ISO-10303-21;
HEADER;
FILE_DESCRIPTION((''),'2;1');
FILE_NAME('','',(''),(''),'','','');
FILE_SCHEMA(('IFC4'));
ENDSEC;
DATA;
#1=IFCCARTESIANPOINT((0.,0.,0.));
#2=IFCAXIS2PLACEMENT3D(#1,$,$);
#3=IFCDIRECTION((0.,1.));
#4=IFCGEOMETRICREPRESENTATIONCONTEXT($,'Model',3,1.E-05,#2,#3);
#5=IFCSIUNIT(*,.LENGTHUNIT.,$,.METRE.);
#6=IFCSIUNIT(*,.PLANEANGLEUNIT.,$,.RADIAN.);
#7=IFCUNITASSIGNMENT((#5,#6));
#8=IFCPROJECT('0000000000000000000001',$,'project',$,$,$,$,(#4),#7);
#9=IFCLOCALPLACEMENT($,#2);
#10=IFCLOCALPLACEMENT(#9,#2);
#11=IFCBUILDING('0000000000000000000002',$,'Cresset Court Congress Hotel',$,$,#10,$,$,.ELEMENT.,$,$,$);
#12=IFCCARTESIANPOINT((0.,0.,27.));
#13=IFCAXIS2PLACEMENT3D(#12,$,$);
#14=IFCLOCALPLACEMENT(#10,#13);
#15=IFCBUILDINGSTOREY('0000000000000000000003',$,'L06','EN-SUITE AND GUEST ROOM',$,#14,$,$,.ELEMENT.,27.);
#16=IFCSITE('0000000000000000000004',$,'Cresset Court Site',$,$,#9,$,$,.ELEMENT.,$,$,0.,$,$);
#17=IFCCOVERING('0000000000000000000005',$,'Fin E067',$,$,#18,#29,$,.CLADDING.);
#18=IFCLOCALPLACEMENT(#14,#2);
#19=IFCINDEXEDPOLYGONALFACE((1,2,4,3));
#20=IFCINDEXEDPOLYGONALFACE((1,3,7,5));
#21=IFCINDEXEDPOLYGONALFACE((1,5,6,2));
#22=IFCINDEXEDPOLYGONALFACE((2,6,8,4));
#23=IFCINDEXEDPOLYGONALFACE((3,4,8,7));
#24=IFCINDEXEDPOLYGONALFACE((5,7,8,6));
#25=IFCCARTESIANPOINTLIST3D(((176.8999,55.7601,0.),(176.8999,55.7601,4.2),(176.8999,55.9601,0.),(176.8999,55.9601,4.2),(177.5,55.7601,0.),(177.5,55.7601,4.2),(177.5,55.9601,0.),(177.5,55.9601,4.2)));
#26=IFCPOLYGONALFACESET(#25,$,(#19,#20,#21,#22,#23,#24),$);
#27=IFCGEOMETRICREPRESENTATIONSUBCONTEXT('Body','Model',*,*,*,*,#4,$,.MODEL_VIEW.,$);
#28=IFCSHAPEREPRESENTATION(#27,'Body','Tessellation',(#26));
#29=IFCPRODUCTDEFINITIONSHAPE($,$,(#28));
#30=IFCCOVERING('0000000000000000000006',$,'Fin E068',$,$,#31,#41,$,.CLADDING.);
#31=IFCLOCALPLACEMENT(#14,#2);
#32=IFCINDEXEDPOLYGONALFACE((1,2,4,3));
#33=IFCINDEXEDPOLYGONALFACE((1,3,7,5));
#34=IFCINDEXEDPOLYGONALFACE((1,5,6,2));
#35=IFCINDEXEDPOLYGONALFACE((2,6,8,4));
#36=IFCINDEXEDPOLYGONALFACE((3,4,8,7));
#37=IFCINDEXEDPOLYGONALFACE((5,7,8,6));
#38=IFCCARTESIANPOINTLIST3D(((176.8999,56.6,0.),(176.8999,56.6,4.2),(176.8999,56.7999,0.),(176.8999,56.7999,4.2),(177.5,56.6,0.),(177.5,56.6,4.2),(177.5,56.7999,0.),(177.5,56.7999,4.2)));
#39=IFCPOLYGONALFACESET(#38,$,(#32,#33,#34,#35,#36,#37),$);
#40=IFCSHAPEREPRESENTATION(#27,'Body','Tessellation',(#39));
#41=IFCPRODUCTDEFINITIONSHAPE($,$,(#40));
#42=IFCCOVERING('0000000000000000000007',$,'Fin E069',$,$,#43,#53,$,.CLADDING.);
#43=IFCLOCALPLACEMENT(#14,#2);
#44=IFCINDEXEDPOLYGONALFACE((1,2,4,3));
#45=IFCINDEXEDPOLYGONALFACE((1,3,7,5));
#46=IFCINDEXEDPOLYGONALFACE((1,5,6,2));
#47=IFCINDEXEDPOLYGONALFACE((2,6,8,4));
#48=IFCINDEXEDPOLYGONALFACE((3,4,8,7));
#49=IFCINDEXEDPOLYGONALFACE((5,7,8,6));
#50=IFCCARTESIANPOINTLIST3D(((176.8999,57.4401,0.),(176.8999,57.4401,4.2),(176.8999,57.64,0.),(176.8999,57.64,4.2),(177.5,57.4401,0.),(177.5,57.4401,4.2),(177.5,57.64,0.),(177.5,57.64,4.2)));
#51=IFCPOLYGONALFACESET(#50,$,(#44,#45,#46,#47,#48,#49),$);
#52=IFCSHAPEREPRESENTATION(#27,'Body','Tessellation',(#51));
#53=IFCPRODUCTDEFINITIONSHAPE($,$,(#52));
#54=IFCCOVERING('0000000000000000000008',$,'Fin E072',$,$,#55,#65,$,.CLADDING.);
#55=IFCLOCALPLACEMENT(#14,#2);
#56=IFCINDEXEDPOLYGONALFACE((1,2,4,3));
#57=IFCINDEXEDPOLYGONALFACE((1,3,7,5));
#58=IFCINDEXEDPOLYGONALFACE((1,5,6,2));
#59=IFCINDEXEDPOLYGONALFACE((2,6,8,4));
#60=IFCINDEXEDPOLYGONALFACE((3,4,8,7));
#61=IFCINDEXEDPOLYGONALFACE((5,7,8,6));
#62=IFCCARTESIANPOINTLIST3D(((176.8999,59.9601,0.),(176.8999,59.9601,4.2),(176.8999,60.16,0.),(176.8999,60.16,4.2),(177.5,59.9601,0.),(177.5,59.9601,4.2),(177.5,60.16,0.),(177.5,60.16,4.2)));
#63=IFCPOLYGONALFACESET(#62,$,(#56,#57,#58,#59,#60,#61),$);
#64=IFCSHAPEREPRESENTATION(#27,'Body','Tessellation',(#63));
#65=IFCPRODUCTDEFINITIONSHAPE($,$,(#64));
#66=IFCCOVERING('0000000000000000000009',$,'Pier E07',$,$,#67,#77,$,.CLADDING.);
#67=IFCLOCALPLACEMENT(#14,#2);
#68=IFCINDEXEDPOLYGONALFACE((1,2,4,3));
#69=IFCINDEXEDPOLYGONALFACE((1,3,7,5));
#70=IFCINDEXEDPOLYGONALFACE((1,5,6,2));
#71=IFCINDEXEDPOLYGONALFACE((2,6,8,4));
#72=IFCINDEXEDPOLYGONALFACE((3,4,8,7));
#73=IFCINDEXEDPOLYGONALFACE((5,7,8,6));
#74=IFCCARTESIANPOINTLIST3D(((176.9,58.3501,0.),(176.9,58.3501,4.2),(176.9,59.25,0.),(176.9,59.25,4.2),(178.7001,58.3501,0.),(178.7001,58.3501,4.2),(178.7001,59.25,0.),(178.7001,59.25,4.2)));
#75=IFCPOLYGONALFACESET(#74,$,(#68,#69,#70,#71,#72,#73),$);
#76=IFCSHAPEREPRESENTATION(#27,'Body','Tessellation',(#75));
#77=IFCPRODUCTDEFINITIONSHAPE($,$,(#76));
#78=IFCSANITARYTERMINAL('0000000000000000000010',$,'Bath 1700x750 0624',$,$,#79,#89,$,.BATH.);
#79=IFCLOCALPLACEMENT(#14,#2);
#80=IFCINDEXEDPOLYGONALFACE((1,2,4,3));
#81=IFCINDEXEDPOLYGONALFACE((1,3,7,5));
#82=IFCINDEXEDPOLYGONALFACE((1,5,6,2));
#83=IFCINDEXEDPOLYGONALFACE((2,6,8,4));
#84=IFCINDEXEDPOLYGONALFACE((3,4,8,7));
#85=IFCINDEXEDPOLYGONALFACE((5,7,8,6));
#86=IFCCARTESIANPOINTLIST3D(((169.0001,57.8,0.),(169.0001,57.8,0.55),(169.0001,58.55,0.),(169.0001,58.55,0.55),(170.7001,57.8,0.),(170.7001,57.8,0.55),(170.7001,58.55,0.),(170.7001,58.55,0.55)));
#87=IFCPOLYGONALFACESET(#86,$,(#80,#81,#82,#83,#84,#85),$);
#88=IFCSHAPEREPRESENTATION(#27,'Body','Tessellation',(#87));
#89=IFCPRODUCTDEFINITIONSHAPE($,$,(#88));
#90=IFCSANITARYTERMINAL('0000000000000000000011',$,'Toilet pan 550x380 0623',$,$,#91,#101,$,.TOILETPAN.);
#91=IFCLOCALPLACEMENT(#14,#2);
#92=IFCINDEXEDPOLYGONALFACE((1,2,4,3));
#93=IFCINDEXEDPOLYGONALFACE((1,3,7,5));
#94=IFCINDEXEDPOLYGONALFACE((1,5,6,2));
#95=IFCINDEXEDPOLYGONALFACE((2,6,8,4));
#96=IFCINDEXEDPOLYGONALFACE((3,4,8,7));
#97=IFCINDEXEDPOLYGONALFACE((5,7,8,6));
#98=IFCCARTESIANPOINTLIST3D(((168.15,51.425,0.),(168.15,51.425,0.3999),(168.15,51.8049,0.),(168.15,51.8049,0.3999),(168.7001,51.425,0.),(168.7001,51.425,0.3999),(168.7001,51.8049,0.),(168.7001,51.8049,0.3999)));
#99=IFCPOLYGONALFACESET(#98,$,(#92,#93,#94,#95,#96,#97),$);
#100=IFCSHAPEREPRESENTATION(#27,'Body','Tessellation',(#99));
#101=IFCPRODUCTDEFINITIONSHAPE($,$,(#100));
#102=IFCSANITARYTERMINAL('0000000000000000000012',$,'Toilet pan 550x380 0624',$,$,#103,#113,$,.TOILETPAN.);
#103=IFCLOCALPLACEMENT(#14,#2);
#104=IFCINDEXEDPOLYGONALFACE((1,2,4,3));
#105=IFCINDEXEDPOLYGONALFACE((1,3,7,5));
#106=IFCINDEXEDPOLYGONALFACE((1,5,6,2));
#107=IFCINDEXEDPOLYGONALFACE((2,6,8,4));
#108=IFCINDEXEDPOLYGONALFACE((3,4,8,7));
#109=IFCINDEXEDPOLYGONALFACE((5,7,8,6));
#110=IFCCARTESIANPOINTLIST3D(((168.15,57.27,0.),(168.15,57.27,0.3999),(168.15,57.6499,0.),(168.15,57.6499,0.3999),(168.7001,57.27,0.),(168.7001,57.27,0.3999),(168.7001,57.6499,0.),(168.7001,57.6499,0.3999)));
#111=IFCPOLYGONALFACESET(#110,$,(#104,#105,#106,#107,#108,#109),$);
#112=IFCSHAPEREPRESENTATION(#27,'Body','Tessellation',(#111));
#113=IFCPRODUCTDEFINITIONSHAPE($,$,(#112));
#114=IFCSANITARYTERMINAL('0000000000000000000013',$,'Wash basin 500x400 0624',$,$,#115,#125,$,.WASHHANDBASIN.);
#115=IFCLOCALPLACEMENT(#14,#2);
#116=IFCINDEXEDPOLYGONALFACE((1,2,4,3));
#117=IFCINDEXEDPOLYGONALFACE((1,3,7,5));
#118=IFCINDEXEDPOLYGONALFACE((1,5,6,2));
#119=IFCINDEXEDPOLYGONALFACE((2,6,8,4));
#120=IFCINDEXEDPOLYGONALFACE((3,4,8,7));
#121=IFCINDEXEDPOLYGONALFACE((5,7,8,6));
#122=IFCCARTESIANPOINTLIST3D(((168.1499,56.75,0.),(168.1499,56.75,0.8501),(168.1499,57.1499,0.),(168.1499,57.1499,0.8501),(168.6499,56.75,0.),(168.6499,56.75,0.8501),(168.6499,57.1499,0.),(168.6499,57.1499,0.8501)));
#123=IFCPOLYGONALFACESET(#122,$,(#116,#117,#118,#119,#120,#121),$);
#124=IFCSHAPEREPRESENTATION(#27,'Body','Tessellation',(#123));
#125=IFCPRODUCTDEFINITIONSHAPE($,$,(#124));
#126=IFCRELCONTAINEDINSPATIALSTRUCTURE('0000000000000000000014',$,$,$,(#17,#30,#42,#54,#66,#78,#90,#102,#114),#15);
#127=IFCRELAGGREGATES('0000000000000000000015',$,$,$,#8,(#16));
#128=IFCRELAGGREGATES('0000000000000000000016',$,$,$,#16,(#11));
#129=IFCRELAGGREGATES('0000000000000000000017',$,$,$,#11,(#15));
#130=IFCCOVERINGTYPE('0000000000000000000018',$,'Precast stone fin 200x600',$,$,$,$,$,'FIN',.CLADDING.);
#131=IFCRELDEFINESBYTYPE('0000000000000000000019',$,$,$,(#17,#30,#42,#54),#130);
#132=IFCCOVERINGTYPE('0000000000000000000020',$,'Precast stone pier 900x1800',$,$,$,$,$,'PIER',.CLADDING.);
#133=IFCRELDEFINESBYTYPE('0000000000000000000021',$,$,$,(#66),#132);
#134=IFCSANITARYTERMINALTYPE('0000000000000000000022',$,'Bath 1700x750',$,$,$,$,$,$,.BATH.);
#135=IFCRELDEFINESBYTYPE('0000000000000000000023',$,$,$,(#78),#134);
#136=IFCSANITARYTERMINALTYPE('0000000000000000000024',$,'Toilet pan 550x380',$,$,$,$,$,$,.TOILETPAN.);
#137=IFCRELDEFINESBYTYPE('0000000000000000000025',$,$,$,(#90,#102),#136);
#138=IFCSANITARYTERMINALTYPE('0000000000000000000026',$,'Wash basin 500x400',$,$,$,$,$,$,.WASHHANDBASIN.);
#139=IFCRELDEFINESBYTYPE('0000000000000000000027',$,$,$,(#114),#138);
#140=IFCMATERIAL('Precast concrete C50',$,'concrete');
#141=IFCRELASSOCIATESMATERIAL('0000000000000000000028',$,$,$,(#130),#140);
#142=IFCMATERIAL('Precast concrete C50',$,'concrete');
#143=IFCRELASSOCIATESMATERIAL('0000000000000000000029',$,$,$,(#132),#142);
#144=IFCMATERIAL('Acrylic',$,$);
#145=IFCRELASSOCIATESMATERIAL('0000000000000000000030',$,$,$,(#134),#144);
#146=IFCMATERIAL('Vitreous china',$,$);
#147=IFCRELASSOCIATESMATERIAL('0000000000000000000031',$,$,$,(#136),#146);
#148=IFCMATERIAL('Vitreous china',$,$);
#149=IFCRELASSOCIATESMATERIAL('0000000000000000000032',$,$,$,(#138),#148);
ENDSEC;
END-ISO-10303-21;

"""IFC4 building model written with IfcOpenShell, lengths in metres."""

from ifc_helpers import new_model, si_unit, direction, frame, origin, origin_2d, place, context, subcontext, project, spatial, rectangle, extrude, material, type_object, element, save


model = new_model("IFC4")

# Units and contexts
model_context = context("Model", 3, precision=1e-05, world=origin(), true_north=direction((0.0, 1.0)))
body_context = subcontext(model_context, "Body", "Model", "MODEL_VIEW")
ifc_project = project(units=[si_unit("LENGTHUNIT", "METRE"), si_unit("PLANEANGLEUNIT", "RADIAN")], contexts=[model_context])

# Site, building, storey
site_placement = place(None, origin())
site = spatial("IfcSite", under=ifc_project, at=site_placement, Name="Cresset Court Site", CompositionType="ELEMENT", RefElevation=0.0)
building_placement = place(site_placement, origin())
building = spatial("IfcBuilding", under=site, at=building_placement, Name="Cresset Court Congress Hotel", CompositionType="ELEMENT")
storey_placement = place(building_placement, frame((0.0, 0.0, 27.0)))
storey = spatial("IfcBuildingStorey", under=building, at=storey_placement, Name="L06", Description="EN-SUITE AND GUEST ROOM", CompositionType="ELEMENT", Elevation=27.0)

# Coverings
ifc_material_1 = material(Name="Precast concrete C50", Category="concrete")
covering_type_1 = type_object("IfcCoveringType", Name="Precast stone fin 200x600", ElementType="FIN", PredefinedType="CLADDING", material=ifc_material_1)
for number, where, z_axis, x_axis, name in (
    (1, (177.2, 55.8601, 0.0), (0.0, 0.0, 1.0), (1.0, 0.0, 0.0), "Fin E067"),
    (2, (177.2, 56.7, 0.0), (0.0, 0.0, 1.0), (1.0, 0.0, 0.0), "Fin E068"),
    (3, (177.2, 57.54, 0.0), (0.0, 0.0, 1.0), (1.0, 0.0, 0.0), "Fin E069"),
    (4, (177.2, 60.0601, 0.0), (0.0, 0.0, 1.0), (1.0, 0.0, 0.0), "Fin E072"),
):
    element("IfcCovering", number, at=place(storey_placement, frame(where, z_axis=z_axis, x_axis=x_axis)), inside=storey, type_object=covering_type_1, Name=name, PredefinedType="CLADDING", context=body_context, shape_type="SweptSolid", body=[
        extrude(rectangle(XDim=0.6001, YDim=0.2, at=origin_2d()), origin(), (0.0, 0.0, 1.0), 4.2),
    ])
ifc_material_2 = material(Name="Precast concrete C50", Category="concrete")
covering_type_2 = type_object("IfcCoveringType", Name="Precast stone pier 900x1800", ElementType="PIER", PredefinedType="CLADDING", material=ifc_material_2)
covering_placement = place(storey_placement, frame((177.8, 58.8, 0.0), z_axis=(0.0, 0.0, 1.0), x_axis=(1.0, 0.0, 0.0)))
element("IfcCovering", 5, at=covering_placement, inside=storey, type_object=covering_type_2, Name="Pier E07", PredefinedType="CLADDING", context=body_context, shape_type="SweptSolid", body=[
    extrude(rectangle(XDim=1.8, YDim=0.8999, at=origin_2d()), origin(), (0.0, 0.0, 1.0), 4.2),
])

# Sanitary terminals
ifc_material_3 = material(Name="Acrylic")
sanitary_terminal_type_1 = type_object("IfcSanitaryTerminalType", Name="Bath 1700x750", PredefinedType="BATH", material=ifc_material_3)
sanitary_terminal_1_placement = place(storey_placement, frame((169.8501, 58.175, 0.0), z_axis=(0.0, 0.0, 1.0), x_axis=(1.0, 0.0, 0.0)))
element("IfcSanitaryTerminal", 6, at=sanitary_terminal_1_placement, inside=storey, type_object=sanitary_terminal_type_1, Name="Bath 1700x750 0624", PredefinedType="BATH", context=body_context, shape_type="SweptSolid", body=[
    extrude(rectangle(XDim=1.7, YDim=0.75, at=origin_2d()), origin(), (0.0, 0.0, 1.0), 0.55),
])
ifc_material_4 = material(Name="Vitreous china")
sanitary_terminal_type_2 = type_object("IfcSanitaryTerminalType", Name="Toilet pan 550x380", PredefinedType="TOILETPAN", material=ifc_material_4)
for number, where, z_axis, x_axis, name in (
    (7, (168.425, 51.615, 0.0), (0.0, 0.0, 1.0), (1.0, 0.0, 0.0), "Toilet pan 550x380 0623"),
    (8, (168.425, 57.46, 0.0), (0.0, 0.0, 1.0), (1.0, 0.0, 0.0), "Toilet pan 550x380 0624"),
):
    element("IfcSanitaryTerminal", number, at=place(storey_placement, frame(where, z_axis=z_axis, x_axis=x_axis)), inside=storey, type_object=sanitary_terminal_type_2, Name=name, PredefinedType="TOILETPAN", context=body_context, shape_type="SweptSolid", body=[
        extrude(rectangle(XDim=0.55, YDim=0.3799, at=origin_2d()), origin(), (0.0, 0.0, 1.0), 0.3999),
    ])
ifc_material_5 = material(Name="Vitreous china")
sanitary_terminal_type_3 = type_object("IfcSanitaryTerminalType", Name="Wash basin 500x400", PredefinedType="WASHHANDBASIN", material=ifc_material_5)
sanitary_terminal_2_placement = place(storey_placement, frame((168.3999, 56.95, 0.0), z_axis=(0.0, 0.0, 1.0), x_axis=(1.0, 0.0, 0.0)))
element("IfcSanitaryTerminal", 9, at=sanitary_terminal_2_placement, inside=storey, type_object=sanitary_terminal_type_3, Name="Wash basin 500x400 0624", PredefinedType="WASHHANDBASIN", context=body_context, shape_type="SweptSolid", body=[
    extrude(rectangle(XDim=0.5, YDim=0.3999, at=origin_2d()), origin(), (0.0, 0.0, 1.0), 0.8501),
])

save(model, "model.ifc")
